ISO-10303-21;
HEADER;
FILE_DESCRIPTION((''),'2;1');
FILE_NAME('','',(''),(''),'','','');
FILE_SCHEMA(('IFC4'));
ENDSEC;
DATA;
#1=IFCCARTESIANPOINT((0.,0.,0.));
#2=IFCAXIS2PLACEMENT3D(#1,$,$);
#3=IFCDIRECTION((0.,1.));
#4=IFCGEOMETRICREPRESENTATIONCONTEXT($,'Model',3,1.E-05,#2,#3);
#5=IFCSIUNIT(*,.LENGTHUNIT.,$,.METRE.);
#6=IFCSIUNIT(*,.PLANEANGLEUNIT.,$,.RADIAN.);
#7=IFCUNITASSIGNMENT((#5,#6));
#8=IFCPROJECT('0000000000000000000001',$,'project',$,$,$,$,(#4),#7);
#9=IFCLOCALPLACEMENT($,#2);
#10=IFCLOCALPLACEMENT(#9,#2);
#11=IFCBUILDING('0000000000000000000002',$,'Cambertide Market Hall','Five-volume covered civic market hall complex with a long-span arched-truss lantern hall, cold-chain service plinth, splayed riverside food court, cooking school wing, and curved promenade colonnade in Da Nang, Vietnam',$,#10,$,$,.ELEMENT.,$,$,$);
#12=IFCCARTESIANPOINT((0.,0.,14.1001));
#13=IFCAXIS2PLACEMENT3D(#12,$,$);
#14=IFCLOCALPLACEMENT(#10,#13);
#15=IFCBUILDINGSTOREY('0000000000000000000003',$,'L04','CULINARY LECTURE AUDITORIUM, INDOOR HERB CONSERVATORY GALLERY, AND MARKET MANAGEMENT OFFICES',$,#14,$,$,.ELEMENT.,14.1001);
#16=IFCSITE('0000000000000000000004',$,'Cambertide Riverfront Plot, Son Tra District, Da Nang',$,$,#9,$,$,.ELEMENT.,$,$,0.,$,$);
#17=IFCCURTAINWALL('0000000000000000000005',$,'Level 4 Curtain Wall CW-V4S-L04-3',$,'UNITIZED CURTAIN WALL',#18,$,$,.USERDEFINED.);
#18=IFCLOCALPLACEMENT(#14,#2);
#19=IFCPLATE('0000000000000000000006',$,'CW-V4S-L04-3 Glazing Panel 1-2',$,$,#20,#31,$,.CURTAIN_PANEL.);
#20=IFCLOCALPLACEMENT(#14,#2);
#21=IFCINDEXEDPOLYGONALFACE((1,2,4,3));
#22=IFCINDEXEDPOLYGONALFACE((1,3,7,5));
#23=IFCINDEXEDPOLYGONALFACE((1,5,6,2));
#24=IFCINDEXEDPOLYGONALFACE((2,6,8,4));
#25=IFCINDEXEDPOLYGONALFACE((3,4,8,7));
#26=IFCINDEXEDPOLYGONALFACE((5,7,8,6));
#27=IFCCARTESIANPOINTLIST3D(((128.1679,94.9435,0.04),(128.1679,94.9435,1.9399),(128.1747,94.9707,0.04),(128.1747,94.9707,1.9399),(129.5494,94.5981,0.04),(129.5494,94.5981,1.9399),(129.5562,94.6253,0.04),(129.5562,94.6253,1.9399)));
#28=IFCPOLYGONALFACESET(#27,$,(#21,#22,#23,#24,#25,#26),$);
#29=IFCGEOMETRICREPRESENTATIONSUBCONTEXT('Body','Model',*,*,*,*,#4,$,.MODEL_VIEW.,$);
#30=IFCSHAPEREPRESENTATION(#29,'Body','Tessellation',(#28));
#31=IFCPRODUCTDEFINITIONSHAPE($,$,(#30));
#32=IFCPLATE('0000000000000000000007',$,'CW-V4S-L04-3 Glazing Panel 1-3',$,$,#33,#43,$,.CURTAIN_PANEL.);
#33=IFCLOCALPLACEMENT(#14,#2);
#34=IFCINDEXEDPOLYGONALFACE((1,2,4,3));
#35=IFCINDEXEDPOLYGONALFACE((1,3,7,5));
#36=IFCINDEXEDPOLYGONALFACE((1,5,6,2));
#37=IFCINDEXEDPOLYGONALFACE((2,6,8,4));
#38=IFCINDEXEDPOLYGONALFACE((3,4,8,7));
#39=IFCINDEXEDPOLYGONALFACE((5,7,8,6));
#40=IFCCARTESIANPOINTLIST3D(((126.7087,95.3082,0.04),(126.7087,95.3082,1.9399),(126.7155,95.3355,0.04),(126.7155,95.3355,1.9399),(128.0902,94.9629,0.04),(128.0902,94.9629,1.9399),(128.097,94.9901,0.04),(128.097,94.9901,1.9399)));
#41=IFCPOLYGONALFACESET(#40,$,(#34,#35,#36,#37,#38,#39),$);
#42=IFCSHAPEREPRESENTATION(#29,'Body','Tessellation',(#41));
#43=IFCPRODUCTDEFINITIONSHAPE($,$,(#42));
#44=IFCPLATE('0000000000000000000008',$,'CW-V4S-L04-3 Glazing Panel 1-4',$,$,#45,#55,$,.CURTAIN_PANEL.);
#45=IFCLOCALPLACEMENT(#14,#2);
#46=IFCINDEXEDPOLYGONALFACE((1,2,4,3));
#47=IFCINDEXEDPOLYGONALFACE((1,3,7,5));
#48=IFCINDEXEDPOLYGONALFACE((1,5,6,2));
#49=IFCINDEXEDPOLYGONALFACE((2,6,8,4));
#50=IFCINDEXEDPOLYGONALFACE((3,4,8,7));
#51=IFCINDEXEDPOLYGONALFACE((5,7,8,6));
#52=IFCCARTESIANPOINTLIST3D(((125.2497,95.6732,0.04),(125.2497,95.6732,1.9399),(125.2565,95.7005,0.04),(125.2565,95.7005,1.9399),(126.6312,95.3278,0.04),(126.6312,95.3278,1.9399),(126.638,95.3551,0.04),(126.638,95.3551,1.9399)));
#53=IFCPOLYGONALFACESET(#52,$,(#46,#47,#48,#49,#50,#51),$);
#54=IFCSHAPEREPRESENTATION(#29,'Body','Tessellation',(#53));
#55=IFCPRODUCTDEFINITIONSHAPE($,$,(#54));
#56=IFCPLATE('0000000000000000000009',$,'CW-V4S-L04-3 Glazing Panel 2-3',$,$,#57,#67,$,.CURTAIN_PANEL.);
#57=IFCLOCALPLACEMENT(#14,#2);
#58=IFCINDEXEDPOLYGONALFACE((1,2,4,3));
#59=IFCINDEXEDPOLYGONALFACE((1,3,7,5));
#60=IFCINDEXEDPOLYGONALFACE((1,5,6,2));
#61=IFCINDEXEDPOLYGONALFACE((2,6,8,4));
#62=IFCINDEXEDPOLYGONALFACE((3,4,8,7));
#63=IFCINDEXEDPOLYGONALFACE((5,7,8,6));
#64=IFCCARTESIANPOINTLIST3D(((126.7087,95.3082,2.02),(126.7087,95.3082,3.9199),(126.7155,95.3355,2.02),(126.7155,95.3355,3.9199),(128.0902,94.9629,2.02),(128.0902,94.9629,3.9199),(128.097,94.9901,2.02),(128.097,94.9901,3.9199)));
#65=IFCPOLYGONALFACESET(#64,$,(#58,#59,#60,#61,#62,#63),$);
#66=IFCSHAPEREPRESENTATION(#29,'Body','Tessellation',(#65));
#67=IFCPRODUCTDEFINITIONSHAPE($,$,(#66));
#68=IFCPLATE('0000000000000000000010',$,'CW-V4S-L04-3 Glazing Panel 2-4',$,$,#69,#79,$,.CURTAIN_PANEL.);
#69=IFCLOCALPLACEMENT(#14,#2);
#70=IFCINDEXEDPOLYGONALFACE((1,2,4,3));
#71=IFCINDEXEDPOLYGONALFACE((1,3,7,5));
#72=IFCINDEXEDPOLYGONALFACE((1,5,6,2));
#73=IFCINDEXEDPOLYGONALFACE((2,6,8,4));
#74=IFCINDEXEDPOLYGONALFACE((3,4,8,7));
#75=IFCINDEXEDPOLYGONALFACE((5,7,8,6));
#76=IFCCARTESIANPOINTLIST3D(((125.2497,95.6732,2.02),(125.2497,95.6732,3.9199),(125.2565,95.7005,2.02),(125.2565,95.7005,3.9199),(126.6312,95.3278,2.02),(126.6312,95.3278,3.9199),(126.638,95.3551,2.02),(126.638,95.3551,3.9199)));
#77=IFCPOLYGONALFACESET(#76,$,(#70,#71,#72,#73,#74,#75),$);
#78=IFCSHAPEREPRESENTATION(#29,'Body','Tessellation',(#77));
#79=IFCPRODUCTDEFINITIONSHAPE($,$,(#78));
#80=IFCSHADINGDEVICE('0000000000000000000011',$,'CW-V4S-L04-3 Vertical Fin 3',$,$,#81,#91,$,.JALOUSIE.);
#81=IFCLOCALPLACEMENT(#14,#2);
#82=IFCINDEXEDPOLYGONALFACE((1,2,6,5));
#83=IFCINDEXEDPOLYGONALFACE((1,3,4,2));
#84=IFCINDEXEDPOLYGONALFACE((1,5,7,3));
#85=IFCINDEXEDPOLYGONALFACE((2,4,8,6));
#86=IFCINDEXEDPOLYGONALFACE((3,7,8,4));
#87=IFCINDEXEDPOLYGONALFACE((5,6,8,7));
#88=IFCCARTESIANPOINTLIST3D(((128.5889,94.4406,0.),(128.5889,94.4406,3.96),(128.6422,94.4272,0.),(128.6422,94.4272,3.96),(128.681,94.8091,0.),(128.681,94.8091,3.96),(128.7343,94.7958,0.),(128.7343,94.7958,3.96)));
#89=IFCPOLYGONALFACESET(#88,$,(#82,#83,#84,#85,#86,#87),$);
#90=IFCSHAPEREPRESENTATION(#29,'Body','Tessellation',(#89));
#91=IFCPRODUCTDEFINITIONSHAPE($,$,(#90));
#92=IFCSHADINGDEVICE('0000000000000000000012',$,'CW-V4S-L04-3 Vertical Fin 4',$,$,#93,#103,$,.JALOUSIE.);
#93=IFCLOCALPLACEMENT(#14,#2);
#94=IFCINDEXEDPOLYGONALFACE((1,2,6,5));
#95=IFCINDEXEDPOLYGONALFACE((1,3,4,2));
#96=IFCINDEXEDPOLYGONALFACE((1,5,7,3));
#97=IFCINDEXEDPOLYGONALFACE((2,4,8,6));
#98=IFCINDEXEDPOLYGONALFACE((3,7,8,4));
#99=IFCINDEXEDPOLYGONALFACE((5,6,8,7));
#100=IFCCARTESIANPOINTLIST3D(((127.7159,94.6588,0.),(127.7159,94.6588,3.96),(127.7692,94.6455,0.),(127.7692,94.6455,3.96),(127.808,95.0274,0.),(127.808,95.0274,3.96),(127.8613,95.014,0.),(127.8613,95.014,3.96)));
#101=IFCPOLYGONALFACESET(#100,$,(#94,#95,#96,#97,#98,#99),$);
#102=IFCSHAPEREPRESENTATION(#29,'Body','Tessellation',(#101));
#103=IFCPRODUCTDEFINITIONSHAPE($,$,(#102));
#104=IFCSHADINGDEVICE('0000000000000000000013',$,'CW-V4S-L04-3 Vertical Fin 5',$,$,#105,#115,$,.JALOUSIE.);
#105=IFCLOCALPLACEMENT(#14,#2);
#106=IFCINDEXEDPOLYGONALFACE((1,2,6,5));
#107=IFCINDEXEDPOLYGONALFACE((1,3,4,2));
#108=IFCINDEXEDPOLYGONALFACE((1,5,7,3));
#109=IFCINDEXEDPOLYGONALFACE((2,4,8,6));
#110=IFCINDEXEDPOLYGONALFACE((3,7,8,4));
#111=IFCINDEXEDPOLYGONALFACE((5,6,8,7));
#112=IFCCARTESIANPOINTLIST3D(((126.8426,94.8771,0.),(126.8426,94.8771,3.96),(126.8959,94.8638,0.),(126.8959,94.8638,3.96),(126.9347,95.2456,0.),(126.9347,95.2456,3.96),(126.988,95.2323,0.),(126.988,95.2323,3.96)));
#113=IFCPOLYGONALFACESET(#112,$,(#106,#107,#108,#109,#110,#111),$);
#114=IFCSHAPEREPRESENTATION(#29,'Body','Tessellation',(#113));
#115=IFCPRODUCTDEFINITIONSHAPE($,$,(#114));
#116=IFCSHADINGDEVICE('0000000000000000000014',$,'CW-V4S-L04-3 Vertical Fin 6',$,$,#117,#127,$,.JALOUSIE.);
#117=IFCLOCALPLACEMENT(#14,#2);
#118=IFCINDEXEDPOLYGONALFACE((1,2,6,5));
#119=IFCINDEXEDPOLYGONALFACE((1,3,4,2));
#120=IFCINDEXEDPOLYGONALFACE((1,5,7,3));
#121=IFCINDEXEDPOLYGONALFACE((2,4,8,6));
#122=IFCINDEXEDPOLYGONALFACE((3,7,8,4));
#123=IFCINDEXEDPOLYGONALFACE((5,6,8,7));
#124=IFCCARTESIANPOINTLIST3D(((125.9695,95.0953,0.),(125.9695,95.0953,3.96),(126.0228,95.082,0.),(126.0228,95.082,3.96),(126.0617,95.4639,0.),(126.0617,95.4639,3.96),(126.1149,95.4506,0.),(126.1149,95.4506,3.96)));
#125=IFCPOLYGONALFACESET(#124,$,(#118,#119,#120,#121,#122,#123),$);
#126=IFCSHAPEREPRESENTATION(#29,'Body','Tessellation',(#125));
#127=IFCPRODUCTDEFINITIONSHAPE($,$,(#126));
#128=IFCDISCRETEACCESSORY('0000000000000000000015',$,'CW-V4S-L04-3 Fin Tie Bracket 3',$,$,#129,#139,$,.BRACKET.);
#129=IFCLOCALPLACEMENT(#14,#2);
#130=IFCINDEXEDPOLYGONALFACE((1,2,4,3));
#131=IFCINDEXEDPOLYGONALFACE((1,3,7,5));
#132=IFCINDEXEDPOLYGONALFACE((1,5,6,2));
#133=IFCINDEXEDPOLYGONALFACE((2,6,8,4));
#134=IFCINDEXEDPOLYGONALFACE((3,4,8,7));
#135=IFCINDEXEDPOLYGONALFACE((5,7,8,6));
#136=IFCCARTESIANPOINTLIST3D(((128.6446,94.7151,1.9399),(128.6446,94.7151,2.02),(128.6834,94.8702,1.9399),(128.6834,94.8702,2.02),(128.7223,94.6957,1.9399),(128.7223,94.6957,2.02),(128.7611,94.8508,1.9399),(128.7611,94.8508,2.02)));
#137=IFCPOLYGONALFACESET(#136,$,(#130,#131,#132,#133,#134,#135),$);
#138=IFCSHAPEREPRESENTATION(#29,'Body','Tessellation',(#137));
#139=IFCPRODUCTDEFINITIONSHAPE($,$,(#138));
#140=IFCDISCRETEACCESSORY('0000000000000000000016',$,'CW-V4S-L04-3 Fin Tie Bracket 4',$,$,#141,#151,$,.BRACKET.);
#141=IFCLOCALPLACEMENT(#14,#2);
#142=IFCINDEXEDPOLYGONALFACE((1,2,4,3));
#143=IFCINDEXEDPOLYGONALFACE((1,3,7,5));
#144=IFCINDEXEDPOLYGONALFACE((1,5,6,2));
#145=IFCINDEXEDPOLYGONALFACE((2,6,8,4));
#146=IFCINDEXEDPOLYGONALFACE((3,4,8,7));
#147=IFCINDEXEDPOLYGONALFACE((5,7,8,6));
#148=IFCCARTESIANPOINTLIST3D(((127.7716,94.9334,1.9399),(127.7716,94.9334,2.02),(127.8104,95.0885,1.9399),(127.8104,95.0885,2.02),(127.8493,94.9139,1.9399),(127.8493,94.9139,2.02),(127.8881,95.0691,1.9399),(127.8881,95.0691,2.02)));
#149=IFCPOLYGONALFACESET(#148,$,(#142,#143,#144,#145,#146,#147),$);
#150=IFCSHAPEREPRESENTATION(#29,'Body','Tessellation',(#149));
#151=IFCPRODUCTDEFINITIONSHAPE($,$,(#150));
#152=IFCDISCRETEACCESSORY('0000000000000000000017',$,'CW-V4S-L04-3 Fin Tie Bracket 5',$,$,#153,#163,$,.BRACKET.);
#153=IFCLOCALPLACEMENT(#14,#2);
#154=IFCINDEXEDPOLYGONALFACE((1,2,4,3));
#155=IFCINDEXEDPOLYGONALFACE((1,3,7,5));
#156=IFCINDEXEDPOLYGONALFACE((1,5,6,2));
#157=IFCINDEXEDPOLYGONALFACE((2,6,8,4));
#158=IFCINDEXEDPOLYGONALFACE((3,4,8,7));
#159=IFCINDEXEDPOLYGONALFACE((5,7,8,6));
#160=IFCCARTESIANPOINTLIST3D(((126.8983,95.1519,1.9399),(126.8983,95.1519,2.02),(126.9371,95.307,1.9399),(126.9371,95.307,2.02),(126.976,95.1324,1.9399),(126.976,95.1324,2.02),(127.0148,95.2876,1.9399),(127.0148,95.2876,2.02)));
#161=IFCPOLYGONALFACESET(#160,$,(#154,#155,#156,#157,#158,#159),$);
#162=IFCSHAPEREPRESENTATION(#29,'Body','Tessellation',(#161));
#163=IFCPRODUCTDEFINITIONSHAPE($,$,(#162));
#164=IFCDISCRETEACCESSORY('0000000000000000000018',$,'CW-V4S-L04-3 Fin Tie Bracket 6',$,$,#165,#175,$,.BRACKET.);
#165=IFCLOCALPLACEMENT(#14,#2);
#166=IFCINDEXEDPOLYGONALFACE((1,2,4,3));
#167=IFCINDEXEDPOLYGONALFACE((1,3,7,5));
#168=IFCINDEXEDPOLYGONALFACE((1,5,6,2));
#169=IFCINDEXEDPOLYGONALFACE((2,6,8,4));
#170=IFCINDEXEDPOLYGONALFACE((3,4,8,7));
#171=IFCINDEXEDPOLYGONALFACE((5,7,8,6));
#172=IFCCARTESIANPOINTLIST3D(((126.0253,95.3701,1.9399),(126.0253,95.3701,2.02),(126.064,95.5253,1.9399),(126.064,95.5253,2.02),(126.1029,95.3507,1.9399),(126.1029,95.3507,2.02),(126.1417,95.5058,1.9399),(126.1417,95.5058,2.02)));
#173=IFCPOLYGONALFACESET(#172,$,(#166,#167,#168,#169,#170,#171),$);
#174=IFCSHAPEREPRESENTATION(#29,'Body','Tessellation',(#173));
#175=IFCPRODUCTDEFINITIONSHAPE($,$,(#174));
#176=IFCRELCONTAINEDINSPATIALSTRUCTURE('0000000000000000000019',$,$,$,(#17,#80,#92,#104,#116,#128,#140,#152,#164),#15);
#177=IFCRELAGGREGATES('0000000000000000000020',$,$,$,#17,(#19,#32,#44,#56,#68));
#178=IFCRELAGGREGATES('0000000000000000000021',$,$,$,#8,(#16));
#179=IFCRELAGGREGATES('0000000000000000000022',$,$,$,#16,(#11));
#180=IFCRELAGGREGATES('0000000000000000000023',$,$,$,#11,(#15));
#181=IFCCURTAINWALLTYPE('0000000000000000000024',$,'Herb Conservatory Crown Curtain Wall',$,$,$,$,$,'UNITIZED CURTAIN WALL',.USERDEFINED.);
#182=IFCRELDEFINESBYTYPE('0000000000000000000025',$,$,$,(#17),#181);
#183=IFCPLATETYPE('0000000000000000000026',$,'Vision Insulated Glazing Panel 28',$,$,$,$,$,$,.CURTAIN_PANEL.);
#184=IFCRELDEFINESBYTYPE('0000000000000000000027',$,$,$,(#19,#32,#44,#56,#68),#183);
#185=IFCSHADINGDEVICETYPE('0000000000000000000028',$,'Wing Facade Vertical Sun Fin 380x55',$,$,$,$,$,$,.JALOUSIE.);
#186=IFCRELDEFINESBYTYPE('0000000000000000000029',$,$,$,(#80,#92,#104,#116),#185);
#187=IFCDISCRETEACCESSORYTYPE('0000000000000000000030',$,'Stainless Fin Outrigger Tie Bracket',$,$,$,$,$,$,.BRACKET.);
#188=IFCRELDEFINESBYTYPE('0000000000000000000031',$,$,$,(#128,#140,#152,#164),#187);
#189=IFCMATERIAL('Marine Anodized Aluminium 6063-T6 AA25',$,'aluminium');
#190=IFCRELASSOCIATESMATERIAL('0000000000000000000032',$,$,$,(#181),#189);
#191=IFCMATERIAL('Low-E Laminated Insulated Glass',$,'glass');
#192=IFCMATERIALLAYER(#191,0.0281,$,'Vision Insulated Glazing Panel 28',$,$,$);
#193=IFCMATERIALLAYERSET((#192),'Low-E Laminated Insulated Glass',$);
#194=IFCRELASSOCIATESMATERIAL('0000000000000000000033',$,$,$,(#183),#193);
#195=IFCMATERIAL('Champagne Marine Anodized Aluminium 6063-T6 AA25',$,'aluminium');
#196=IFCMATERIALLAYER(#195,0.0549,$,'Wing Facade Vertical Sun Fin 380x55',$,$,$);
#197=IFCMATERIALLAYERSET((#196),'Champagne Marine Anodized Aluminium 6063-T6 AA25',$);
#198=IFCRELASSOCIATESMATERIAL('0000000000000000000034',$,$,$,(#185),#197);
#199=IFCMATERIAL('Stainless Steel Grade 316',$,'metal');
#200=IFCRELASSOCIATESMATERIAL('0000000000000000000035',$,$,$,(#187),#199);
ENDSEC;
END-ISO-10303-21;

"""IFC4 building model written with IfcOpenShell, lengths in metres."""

from ifc_helpers import new_model, si_unit, direction, frame, origin, origin_2d, place, context, subcontext, project, spatial, rectangle, extrude, material, layer, layer_set, type_object, element, aggregate, save


model = new_model("IFC4")

# Units and contexts
model_context = context("Model", 3, precision=1e-05, world=origin(), true_north=direction((0.0, 1.0)))
body_context = subcontext(model_context, "Body", "Model", "MODEL_VIEW")
ifc_project = project(units=[si_unit("LENGTHUNIT", "METRE"), si_unit("PLANEANGLEUNIT", "RADIAN")], contexts=[model_context])

# Site, building, storey
site_placement = place(None, origin())
site = spatial("IfcSite", under=ifc_project, at=site_placement, Name="Cambertide Riverfront Plot, Son Tra District, Da Nang", CompositionType="ELEMENT", RefElevation=0.0)
building_placement = place(site_placement, origin())
building = spatial("IfcBuilding", under=site, at=building_placement, Name="Cambertide Market Hall", Description="Five-volume covered civic market hall complex with a long-span arched-truss lantern hall, cold-chain service plinth, splayed riverside food court, cooking school wing, and curved promenade colonnade in Da Nang, Vietnam", CompositionType="ELEMENT")
storey_placement = place(building_placement, frame((0.0, 0.0, 14.1001)))
storey = spatial("IfcBuildingStorey", under=building, at=storey_placement, Name="L04", Description="CULINARY LECTURE AUDITORIUM, INDOOR HERB CONSERVATORY GALLERY, AND MARKET MANAGEMENT OFFICES", CompositionType="ELEMENT", Elevation=14.1001)

# Curtain wall
ifc_material_1 = material(Name="Marine Anodized Aluminium 6063-T6 AA25", Category="aluminium")
curtain_wall_type = type_object("IfcCurtainWallType", Name="Herb Conservatory Crown Curtain Wall", ElementType="UNITIZED CURTAIN WALL", PredefinedType="USERDEFINED", material=ifc_material_1)
curtain_wall_placement = place(storey_placement, origin())
curtain_wall = element("IfcCurtainWall", 1, at=curtain_wall_placement, inside=storey, type_object=curtain_wall_type, Name="Level 4 Curtain Wall CW-V4S-L04-3", ObjectType="UNITIZED CURTAIN WALL", PredefinedType="USERDEFINED")

# Plates
ifc_material_2 = material(Name="Low-E Laminated Insulated Glass", Category="glass")
ifc_layer_1 = layer(ifc_material_2, 0.0281, Name="Vision Insulated Glazing Panel 28")
ifc_layer_set_1 = layer_set([ifc_layer_1], Name="Low-E Laminated Insulated Glass")
plate_type = type_object("IfcPlateType", Name="Vision Insulated Glazing Panel 28", PredefinedType="CURTAIN_PANEL", material=ifc_layer_set_1)
plate_1_placement = place(storey_placement, frame((128.8621, 94.7844, 0.04), z_axis=(0.0, 0.0, 1.0), x_axis=(-0.970143, 0.242535, 0.0)))
plate_1 = element("IfcPlate", 2, at=plate_1_placement, type_object=plate_type, Name="CW-V4S-L04-3 Glazing Panel 1-2", PredefinedType="CURTAIN_PANEL", context=body_context, shape_type="SweptSolid", body=[
    extrude(rectangle(XDim=1.4241, YDim=0.0281, at=origin_2d()), origin(), (0.0, 0.0, 1.0), 1.8999),
])
plate_2_placement = place(storey_placement, frame((127.4028, 95.1492, 0.04), z_axis=(0.0, 0.0, 1.0), x_axis=(-0.970143, 0.242535, 0.0)))
plate_2 = element("IfcPlate", 3, at=plate_2_placement, type_object=plate_type, Name="CW-V4S-L04-3 Glazing Panel 1-3", PredefinedType="CURTAIN_PANEL", context=body_context, shape_type="SweptSolid", body=[
    extrude(rectangle(XDim=1.4241, YDim=0.0281, at=origin_2d()), origin(), (0.0, 0.0, 1.0), 1.8999),
])
plate_3_placement = place(storey_placement, frame((125.9438, 95.5142, 0.04), z_axis=(0.0, 0.0, 1.0), x_axis=(-0.970143, 0.242535, 0.0)))
plate_3 = element("IfcPlate", 4, at=plate_3_placement, type_object=plate_type, Name="CW-V4S-L04-3 Glazing Panel 1-4", PredefinedType="CURTAIN_PANEL", context=body_context, shape_type="SweptSolid", body=[
    extrude(rectangle(XDim=1.4241, YDim=0.0281, at=origin_2d()), origin(), (0.0, 0.0, 1.0), 1.8999),
])
plate_4_placement = place(storey_placement, frame((127.4028, 95.1492, 2.02), z_axis=(0.0, 0.0, 1.0), x_axis=(-0.970143, 0.242535, 0.0)))
plate_4 = element("IfcPlate", 5, at=plate_4_placement, type_object=plate_type, Name="CW-V4S-L04-3 Glazing Panel 2-3", PredefinedType="CURTAIN_PANEL", context=body_context, shape_type="SweptSolid", body=[
    extrude(rectangle(XDim=1.4241, YDim=0.0281, at=origin_2d()), origin(), (0.0, 0.0, 1.0), 1.8999),
])
plate_5_placement = place(storey_placement, frame((125.9438, 95.5142, 2.02), z_axis=(0.0, 0.0, 1.0), x_axis=(-0.970143, 0.242535, 0.0)))
plate_5 = element("IfcPlate", 6, at=plate_5_placement, type_object=plate_type, Name="CW-V4S-L04-3 Glazing Panel 2-4", PredefinedType="CURTAIN_PANEL", context=body_context, shape_type="SweptSolid", body=[
    extrude(rectangle(XDim=1.4241, YDim=0.0281, at=origin_2d()), origin(), (0.0, 0.0, 1.0), 1.8999),
])
aggregate(curtain_wall, [plate_1, plate_2, plate_3, plate_4, plate_5])

# Shading devices
ifc_material_3 = material(Name="Champagne Marine Anodized Aluminium 6063-T6 AA25", Category="aluminium")
ifc_layer_2 = layer(ifc_material_3, 0.0549, Name="Wing Facade Vertical Sun Fin 380x55")
ifc_layer_set_2 = layer_set([ifc_layer_2], Name="Champagne Marine Anodized Aluminium 6063-T6 AA25")
shading_device_type = type_object("IfcShadingDeviceType", Name="Wing Facade Vertical Sun Fin 380x55", PredefinedType="JALOUSIE", material=ifc_layer_set_2)
for number, where, z_axis, x_axis, name in (
    (7, (128.6616, 94.6182, 0.0), (0.0, 0.0, 1.0), (-0.970143, 0.242535, 0.0), "CW-V4S-L04-3 Vertical Fin 3"),
    (8, (127.7886, 94.8364, 0.0), (0.0, 0.0, 1.0), (-0.970143, 0.242535, 0.0), "CW-V4S-L04-3 Vertical Fin 4"),
    (9, (126.9153, 95.0547, 0.0), (0.0, 0.0, 1.0), (-0.970143, 0.242535, 0.0), "CW-V4S-L04-3 Vertical Fin 5"),
    (10, (126.0422, 95.2729, 0.0), (0.0, 0.0, 1.0), (-0.970143, 0.242535, 0.0), "CW-V4S-L04-3 Vertical Fin 6"),
):
    element("IfcShadingDevice", number, at=place(storey_placement, frame(where, z_axis=z_axis, x_axis=x_axis)), inside=storey, type_object=shading_device_type, Name=name, PredefinedType="JALOUSIE", context=body_context, shape_type="SweptSolid", body=[
        extrude(rectangle(XDim=0.0549, YDim=0.3799, at=origin_2d()), origin(), (0.0, 0.0, 1.0), 3.96),
    ])

# Discrete accessories
ifc_material_4 = material(Name="Stainless Steel Grade 316", Category="metal")
discrete_accessory_type = type_object("IfcDiscreteAccessoryType", Name="Stainless Fin Outrigger Tie Bracket", PredefinedType="BRACKET", material=ifc_material_4)
for number, where, z_axis, x_axis, name in (
    (11, (128.7029, 94.783, 1.9399), (0.0, 0.0, 1.0), (-0.970143, 0.242535, 0.0), "CW-V4S-L04-3 Fin Tie Bracket 3"),
    (12, (127.8298, 95.0012, 1.9399), (0.0, 0.0, 1.0), (-0.970143, 0.242535, 0.0), "CW-V4S-L04-3 Fin Tie Bracket 4"),
    (13, (126.9565, 95.2197, 1.9399), (0.0, 0.0, 1.0), (-0.970143, 0.242535, 0.0), "CW-V4S-L04-3 Fin Tie Bracket 5"),
    (14, (126.0835, 95.438, 1.9399), (0.0, 0.0, 1.0), (-0.970143, 0.242535, 0.0), "CW-V4S-L04-3 Fin Tie Bracket 6"),
):
    element("IfcDiscreteAccessory", number, at=place(storey_placement, frame(where, z_axis=z_axis, x_axis=x_axis)), inside=storey, type_object=discrete_accessory_type, Name=name, PredefinedType="BRACKET", context=body_context, shape_type="SweptSolid", body=[
        extrude(rectangle(XDim=0.0801, YDim=0.1599, at=origin_2d()), origin(), (0.0, 0.0, 1.0), 0.0801),
    ])

save(model, "model.ifc")
